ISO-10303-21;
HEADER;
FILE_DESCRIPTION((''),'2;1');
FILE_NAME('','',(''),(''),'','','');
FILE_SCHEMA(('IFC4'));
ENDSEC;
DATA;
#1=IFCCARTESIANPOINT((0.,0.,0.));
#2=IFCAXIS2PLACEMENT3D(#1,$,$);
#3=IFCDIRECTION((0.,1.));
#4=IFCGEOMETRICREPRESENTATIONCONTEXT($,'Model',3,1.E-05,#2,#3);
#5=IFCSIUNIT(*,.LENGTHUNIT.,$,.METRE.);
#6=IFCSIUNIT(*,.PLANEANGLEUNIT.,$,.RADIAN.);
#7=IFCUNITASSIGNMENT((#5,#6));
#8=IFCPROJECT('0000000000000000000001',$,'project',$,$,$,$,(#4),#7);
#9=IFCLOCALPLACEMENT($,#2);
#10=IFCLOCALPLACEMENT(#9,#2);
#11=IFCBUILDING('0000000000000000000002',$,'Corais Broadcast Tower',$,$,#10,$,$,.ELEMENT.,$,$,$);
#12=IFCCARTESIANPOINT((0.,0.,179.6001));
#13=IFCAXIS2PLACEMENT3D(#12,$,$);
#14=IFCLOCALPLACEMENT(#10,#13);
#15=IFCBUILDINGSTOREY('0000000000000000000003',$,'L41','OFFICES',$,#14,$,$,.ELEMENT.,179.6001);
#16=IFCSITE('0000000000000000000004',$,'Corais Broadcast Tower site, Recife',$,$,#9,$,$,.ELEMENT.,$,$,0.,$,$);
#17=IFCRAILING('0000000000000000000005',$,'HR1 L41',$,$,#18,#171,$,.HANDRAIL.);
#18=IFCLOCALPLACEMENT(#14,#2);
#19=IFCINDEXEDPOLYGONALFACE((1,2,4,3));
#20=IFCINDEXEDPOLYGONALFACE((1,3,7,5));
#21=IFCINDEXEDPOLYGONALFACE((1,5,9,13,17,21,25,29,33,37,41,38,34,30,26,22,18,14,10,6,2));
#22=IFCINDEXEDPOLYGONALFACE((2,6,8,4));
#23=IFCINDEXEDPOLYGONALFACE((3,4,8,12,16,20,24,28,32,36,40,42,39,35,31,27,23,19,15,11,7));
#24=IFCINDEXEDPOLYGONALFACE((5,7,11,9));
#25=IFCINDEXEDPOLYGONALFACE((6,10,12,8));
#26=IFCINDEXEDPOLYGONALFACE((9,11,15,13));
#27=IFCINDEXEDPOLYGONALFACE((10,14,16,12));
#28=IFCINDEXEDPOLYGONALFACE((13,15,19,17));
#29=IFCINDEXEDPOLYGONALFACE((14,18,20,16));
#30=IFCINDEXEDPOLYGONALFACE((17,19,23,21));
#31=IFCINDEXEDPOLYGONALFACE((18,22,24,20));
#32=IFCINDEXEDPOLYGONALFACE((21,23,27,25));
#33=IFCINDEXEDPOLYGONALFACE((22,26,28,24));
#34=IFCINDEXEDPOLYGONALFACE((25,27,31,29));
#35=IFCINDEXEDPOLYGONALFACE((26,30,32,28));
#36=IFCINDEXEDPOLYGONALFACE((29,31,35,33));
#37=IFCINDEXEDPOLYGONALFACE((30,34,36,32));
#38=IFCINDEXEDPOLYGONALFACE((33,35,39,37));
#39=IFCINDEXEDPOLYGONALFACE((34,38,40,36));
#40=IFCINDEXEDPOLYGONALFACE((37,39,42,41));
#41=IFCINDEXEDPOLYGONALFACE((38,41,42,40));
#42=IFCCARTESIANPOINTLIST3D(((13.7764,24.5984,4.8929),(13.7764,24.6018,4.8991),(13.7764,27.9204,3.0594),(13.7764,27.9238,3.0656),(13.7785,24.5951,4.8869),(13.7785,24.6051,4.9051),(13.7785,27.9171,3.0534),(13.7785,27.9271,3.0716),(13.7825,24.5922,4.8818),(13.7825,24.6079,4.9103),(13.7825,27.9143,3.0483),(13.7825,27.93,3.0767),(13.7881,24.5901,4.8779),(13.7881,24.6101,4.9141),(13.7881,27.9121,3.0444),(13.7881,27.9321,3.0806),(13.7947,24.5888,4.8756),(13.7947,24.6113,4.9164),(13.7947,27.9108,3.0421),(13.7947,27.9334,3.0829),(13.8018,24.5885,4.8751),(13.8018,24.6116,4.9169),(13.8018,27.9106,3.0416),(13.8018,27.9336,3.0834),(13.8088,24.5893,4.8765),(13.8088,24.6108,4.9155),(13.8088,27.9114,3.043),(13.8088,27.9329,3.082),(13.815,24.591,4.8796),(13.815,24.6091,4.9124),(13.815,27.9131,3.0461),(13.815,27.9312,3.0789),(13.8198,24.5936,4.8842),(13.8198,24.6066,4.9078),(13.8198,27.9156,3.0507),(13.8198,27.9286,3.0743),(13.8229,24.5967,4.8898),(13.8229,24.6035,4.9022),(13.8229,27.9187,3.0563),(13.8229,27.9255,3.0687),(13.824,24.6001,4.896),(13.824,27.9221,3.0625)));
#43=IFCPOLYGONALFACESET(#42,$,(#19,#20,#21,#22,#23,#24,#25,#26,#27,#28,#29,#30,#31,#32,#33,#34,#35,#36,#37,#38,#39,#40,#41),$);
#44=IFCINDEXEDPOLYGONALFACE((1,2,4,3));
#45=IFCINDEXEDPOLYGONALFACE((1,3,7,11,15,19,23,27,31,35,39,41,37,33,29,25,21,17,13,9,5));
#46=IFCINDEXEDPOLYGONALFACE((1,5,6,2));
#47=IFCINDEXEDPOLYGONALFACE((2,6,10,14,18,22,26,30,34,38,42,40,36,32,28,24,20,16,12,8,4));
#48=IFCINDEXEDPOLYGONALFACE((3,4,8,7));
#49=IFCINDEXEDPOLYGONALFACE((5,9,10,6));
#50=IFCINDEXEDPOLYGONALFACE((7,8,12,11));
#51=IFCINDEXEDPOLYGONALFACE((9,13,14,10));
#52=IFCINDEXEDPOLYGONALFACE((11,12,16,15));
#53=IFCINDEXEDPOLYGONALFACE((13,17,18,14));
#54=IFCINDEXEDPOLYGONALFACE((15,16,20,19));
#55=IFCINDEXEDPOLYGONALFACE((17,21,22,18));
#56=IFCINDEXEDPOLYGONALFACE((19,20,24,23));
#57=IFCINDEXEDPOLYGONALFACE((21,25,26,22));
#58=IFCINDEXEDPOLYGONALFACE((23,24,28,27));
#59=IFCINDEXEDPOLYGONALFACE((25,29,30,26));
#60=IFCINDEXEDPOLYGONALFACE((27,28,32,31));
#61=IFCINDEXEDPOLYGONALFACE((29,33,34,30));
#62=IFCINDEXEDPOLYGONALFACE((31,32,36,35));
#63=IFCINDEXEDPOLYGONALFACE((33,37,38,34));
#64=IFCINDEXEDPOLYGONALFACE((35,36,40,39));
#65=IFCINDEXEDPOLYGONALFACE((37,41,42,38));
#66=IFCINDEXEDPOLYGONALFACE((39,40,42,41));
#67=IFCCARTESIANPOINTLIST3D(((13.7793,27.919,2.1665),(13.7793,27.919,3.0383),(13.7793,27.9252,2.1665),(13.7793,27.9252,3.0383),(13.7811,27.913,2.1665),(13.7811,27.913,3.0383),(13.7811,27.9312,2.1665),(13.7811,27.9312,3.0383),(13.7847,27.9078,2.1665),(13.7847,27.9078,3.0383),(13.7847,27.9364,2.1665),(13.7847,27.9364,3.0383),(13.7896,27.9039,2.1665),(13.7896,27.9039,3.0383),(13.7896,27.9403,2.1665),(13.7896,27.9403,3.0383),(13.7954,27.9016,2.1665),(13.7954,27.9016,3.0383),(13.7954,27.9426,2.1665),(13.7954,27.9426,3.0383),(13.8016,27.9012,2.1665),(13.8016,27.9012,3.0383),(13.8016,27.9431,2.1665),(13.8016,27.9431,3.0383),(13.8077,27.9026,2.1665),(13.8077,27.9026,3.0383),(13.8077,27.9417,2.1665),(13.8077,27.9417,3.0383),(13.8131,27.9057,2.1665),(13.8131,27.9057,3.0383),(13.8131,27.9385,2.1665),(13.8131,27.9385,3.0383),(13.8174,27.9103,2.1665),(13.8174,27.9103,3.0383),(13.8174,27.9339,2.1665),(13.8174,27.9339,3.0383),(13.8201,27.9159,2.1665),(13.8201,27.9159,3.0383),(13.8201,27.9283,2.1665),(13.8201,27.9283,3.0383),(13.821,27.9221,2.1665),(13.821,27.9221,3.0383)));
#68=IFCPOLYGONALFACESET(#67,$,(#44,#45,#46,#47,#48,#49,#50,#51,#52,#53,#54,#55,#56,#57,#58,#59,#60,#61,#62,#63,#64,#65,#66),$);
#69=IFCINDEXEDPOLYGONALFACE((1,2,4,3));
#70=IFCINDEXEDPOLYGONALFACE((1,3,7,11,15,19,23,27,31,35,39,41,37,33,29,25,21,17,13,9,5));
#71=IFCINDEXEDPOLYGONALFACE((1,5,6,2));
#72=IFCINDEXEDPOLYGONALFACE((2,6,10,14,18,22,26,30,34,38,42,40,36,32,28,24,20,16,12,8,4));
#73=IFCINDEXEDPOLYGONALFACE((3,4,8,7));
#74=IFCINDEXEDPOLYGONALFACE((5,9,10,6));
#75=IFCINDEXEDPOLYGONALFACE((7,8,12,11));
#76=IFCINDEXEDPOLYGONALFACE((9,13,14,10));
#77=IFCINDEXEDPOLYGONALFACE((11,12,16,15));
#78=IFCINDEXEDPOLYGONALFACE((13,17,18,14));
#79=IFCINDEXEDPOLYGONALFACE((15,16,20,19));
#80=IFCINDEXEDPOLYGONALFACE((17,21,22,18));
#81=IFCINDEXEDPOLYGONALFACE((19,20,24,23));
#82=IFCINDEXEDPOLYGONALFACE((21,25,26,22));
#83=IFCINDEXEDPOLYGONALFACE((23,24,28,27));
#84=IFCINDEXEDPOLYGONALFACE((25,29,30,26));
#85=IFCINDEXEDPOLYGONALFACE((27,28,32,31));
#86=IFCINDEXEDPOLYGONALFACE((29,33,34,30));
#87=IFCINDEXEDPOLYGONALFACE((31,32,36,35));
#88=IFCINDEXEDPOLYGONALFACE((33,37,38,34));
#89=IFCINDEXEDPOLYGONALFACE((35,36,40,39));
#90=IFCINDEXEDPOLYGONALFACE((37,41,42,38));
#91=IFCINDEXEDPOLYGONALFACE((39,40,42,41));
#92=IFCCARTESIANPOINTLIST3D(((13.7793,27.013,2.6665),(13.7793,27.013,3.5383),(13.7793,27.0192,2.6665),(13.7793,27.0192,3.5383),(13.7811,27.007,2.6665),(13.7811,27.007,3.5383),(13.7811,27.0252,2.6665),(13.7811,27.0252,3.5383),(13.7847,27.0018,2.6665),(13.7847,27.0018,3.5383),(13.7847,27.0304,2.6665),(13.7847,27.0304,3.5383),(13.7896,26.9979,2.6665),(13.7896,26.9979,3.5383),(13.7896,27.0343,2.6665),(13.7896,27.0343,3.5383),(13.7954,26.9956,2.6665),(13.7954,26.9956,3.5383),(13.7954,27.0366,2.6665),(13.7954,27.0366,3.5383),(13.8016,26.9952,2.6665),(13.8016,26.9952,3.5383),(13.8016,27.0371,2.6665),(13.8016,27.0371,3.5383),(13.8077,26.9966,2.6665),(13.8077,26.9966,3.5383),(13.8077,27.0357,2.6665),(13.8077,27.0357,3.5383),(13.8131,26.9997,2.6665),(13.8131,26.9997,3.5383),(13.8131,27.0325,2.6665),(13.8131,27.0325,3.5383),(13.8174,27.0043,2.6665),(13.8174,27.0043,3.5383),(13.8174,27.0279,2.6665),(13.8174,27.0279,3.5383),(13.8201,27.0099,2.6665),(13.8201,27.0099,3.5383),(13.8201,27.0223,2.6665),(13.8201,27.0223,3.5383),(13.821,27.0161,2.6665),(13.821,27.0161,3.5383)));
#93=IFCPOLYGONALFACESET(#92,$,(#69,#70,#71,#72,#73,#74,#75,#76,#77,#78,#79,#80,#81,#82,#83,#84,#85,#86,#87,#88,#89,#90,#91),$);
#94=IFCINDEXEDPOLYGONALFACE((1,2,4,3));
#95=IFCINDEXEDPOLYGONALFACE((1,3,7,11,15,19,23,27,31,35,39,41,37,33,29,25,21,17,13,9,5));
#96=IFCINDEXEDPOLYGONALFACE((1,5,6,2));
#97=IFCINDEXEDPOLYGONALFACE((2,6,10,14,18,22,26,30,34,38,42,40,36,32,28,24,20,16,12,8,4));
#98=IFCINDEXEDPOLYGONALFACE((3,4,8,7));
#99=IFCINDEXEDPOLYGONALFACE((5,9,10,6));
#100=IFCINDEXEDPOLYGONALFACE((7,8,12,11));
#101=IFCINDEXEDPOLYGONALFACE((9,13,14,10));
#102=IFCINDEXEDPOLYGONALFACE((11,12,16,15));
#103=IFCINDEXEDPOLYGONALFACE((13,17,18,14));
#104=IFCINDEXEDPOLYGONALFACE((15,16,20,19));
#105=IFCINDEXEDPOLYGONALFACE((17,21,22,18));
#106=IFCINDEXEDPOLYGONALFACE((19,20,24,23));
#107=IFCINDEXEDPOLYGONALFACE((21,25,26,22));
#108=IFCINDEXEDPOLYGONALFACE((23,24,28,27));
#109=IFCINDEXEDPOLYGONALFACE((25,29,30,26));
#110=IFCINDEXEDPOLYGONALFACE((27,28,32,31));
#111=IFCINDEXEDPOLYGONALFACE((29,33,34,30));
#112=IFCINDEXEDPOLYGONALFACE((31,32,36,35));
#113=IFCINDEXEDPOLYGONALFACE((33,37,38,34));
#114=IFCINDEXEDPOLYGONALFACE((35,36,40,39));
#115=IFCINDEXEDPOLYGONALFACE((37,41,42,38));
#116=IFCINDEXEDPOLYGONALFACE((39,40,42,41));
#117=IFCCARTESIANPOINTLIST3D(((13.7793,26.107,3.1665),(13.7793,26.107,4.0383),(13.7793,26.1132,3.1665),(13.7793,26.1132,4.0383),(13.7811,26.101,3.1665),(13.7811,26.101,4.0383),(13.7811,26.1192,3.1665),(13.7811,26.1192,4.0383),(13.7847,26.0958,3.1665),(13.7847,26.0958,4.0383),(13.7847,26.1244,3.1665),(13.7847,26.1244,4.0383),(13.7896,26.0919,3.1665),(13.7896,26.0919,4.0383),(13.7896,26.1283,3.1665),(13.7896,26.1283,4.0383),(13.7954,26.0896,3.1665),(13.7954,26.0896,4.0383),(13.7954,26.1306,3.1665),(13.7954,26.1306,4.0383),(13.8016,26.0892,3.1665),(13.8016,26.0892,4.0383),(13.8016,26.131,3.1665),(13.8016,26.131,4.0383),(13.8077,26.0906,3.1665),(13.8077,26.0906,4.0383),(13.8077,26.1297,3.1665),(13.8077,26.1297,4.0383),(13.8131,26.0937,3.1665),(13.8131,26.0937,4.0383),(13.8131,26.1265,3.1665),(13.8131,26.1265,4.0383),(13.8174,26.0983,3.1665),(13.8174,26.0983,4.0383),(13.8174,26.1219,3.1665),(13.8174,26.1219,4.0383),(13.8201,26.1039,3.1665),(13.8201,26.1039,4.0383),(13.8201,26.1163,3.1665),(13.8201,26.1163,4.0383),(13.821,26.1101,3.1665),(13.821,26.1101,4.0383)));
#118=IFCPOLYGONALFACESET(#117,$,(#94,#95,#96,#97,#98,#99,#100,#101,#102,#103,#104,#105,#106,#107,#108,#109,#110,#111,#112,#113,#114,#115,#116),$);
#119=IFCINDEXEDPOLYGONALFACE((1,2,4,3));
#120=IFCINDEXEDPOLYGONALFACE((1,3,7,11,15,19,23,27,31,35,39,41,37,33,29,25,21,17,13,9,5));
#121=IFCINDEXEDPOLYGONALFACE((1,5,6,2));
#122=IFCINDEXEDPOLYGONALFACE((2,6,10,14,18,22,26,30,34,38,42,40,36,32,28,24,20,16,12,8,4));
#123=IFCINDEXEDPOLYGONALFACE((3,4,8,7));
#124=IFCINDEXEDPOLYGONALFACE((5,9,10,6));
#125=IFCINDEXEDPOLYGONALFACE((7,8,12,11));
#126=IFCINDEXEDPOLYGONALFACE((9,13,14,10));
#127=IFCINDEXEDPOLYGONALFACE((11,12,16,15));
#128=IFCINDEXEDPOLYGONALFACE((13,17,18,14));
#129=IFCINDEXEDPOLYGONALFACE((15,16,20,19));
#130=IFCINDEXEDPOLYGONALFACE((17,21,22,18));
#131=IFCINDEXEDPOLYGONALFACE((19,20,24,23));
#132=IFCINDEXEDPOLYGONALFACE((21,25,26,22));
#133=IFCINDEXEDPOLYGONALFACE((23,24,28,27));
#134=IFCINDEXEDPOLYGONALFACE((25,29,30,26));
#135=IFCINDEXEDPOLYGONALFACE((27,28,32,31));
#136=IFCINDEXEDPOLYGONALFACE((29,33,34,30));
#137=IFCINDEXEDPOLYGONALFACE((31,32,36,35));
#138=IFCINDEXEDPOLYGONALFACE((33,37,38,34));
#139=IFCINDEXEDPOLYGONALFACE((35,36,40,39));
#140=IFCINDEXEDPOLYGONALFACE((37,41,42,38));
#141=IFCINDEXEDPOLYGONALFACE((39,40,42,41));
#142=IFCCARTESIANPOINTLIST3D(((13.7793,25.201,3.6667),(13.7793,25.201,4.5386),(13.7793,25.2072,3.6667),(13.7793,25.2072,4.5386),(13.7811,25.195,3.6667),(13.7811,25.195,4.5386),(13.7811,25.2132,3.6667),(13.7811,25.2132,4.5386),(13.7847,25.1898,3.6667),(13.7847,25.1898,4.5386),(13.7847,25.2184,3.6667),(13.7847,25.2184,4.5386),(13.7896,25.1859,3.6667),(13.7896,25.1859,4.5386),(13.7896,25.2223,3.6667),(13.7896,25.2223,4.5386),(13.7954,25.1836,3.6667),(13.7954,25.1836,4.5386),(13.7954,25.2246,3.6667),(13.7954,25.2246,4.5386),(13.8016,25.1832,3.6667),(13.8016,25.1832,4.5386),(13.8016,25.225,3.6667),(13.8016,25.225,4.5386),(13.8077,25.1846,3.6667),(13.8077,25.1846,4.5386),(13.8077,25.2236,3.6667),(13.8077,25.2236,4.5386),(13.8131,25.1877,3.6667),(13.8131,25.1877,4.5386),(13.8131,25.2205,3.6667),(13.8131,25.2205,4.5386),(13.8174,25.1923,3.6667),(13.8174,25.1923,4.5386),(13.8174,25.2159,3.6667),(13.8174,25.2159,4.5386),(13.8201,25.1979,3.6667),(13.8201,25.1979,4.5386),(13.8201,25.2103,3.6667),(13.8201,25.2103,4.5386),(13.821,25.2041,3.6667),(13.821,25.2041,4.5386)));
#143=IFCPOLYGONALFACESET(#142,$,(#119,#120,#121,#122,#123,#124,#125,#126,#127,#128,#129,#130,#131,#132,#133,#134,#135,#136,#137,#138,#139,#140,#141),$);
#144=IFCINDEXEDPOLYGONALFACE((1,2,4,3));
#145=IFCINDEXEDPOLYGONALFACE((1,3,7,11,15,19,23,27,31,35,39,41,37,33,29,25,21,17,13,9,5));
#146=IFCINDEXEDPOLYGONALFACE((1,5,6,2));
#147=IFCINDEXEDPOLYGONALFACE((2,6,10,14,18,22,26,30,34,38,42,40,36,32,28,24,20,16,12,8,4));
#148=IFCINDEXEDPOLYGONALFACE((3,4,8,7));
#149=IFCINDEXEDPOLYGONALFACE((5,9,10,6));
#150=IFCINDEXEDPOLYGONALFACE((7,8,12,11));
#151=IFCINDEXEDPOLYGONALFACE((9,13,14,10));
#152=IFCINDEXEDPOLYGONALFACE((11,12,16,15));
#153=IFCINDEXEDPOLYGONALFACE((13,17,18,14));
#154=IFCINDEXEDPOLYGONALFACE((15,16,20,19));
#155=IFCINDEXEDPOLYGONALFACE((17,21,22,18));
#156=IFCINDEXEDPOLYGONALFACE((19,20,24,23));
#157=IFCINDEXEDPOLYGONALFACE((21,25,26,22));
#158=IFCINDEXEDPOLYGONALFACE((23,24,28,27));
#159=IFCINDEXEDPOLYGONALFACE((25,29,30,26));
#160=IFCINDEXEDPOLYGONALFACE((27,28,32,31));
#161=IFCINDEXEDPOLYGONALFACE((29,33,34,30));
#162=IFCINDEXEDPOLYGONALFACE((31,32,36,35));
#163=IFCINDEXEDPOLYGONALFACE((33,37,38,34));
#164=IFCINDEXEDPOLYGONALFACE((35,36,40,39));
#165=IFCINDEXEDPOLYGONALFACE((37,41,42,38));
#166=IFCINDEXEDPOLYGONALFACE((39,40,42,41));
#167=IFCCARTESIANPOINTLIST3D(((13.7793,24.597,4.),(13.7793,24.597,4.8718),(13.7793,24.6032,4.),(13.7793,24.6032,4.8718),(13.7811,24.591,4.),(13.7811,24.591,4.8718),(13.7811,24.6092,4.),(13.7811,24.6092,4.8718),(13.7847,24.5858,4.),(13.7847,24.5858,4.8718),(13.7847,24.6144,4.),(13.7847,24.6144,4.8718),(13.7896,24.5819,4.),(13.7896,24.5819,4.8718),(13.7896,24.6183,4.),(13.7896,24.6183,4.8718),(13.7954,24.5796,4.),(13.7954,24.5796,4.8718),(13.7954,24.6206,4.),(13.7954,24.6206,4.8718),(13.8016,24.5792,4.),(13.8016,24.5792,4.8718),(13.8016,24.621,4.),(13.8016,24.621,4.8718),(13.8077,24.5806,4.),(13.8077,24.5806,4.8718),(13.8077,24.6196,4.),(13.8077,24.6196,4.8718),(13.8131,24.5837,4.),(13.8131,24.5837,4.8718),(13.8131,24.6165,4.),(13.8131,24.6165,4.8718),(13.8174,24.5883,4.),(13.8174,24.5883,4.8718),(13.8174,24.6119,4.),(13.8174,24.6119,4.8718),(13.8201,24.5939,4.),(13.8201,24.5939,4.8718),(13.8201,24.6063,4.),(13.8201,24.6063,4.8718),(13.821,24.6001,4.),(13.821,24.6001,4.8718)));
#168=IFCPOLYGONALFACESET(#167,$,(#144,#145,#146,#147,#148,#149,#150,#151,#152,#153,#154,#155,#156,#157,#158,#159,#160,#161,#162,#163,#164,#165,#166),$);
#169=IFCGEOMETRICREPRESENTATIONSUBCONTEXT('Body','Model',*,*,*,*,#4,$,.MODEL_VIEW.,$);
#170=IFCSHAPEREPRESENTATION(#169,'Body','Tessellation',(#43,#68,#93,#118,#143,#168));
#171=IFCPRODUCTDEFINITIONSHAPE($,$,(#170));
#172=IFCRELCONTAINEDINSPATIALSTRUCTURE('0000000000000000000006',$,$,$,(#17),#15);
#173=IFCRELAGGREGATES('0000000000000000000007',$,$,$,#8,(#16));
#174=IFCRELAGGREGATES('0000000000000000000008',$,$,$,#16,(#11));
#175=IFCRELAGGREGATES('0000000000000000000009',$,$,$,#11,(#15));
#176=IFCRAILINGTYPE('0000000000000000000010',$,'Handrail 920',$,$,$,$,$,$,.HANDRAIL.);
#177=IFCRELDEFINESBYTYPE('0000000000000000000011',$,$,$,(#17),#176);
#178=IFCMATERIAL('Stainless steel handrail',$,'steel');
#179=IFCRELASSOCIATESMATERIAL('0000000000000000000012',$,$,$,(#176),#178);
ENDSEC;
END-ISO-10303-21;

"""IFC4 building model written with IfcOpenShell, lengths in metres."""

from ifc_helpers import new_model, si_unit, direction, frame, origin, origin_2d, place, context, subcontext, project, spatial, circle, extrude, material, type_object, element, save


model = new_model("IFC4")

# Units and contexts
model_context = context("Model", 3, precision=1e-05, world=origin(), true_north=direction((0.0, 1.0)))
body_context = subcontext(model_context, "Body", "Model", "MODEL_VIEW")
ifc_project = project(units=[si_unit("LENGTHUNIT", "METRE"), si_unit("PLANEANGLEUNIT", "RADIAN")], contexts=[model_context])

# Site, building, storey
site_placement = place(None, origin())
site = spatial("IfcSite", under=ifc_project, at=site_placement, Name="Corais Broadcast Tower site, Recife", CompositionType="ELEMENT", RefElevation=0.0)
building_placement = place(site_placement, origin())
building = spatial("IfcBuilding", under=site, at=building_placement, Name="Corais Broadcast Tower", CompositionType="ELEMENT")
storey_placement = place(building_placement, frame((0.0, 0.0, 179.6001)))
storey = spatial("IfcBuildingStorey", under=building, at=storey_placement, Name="L41", Description="OFFICES", CompositionType="ELEMENT", Elevation=179.6001)

# Railing
ifc_material_1 = material(Name="Stainless steel handrail", Category="steel")
railing_type = type_object("IfcRailingType", Name="Handrail 920", PredefinedType="HANDRAIL", material=ifc_material_1)
for number, where, name in (
    (1, (13.8, 27.9221, 2.1665), "HR1 L41"),
):
    element("IfcRailing", number, at=place(storey_placement, frame(where)), inside=storey, type_object=railing_type, Name=name, PredefinedType="HANDRAIL", context=body_context, shape_type="SweptSolid", body=[
        extrude(circle(Radius=0.0239, at=origin_2d()), frame((0.0, 0.0, 0.896), z_axis=(0.0, -0.875504, 0.48321), x_axis=(1.0, 0.0, 0.0)), (0.0, 0.0, 1.0), 3.7944),
        extrude(circle(Radius=0.021, at=origin_2d()), origin(), (0.0, 0.0, 1.0), 0.8718),
        extrude(circle(Radius=0.021, at=origin_2d()), frame((0.0, -0.906, 0.5)), (0.0, 0.0, 1.0), 0.8718),
        extrude(circle(Radius=0.021, at=origin_2d()), frame((0.0, -1.812, 1.0)), (0.0, 0.0, 1.0), 0.8718),
        extrude(circle(Radius=0.021, at=origin_2d()), frame((0.0, -2.718, 1.5002)), (0.0, 0.0, 1.0), 0.8718),
        extrude(circle(Radius=0.021, at=origin_2d()), frame((0.0, -3.322, 1.8335)), (0.0, 0.0, 1.0), 0.8718),
    ])

save(model, "model.ifc")
